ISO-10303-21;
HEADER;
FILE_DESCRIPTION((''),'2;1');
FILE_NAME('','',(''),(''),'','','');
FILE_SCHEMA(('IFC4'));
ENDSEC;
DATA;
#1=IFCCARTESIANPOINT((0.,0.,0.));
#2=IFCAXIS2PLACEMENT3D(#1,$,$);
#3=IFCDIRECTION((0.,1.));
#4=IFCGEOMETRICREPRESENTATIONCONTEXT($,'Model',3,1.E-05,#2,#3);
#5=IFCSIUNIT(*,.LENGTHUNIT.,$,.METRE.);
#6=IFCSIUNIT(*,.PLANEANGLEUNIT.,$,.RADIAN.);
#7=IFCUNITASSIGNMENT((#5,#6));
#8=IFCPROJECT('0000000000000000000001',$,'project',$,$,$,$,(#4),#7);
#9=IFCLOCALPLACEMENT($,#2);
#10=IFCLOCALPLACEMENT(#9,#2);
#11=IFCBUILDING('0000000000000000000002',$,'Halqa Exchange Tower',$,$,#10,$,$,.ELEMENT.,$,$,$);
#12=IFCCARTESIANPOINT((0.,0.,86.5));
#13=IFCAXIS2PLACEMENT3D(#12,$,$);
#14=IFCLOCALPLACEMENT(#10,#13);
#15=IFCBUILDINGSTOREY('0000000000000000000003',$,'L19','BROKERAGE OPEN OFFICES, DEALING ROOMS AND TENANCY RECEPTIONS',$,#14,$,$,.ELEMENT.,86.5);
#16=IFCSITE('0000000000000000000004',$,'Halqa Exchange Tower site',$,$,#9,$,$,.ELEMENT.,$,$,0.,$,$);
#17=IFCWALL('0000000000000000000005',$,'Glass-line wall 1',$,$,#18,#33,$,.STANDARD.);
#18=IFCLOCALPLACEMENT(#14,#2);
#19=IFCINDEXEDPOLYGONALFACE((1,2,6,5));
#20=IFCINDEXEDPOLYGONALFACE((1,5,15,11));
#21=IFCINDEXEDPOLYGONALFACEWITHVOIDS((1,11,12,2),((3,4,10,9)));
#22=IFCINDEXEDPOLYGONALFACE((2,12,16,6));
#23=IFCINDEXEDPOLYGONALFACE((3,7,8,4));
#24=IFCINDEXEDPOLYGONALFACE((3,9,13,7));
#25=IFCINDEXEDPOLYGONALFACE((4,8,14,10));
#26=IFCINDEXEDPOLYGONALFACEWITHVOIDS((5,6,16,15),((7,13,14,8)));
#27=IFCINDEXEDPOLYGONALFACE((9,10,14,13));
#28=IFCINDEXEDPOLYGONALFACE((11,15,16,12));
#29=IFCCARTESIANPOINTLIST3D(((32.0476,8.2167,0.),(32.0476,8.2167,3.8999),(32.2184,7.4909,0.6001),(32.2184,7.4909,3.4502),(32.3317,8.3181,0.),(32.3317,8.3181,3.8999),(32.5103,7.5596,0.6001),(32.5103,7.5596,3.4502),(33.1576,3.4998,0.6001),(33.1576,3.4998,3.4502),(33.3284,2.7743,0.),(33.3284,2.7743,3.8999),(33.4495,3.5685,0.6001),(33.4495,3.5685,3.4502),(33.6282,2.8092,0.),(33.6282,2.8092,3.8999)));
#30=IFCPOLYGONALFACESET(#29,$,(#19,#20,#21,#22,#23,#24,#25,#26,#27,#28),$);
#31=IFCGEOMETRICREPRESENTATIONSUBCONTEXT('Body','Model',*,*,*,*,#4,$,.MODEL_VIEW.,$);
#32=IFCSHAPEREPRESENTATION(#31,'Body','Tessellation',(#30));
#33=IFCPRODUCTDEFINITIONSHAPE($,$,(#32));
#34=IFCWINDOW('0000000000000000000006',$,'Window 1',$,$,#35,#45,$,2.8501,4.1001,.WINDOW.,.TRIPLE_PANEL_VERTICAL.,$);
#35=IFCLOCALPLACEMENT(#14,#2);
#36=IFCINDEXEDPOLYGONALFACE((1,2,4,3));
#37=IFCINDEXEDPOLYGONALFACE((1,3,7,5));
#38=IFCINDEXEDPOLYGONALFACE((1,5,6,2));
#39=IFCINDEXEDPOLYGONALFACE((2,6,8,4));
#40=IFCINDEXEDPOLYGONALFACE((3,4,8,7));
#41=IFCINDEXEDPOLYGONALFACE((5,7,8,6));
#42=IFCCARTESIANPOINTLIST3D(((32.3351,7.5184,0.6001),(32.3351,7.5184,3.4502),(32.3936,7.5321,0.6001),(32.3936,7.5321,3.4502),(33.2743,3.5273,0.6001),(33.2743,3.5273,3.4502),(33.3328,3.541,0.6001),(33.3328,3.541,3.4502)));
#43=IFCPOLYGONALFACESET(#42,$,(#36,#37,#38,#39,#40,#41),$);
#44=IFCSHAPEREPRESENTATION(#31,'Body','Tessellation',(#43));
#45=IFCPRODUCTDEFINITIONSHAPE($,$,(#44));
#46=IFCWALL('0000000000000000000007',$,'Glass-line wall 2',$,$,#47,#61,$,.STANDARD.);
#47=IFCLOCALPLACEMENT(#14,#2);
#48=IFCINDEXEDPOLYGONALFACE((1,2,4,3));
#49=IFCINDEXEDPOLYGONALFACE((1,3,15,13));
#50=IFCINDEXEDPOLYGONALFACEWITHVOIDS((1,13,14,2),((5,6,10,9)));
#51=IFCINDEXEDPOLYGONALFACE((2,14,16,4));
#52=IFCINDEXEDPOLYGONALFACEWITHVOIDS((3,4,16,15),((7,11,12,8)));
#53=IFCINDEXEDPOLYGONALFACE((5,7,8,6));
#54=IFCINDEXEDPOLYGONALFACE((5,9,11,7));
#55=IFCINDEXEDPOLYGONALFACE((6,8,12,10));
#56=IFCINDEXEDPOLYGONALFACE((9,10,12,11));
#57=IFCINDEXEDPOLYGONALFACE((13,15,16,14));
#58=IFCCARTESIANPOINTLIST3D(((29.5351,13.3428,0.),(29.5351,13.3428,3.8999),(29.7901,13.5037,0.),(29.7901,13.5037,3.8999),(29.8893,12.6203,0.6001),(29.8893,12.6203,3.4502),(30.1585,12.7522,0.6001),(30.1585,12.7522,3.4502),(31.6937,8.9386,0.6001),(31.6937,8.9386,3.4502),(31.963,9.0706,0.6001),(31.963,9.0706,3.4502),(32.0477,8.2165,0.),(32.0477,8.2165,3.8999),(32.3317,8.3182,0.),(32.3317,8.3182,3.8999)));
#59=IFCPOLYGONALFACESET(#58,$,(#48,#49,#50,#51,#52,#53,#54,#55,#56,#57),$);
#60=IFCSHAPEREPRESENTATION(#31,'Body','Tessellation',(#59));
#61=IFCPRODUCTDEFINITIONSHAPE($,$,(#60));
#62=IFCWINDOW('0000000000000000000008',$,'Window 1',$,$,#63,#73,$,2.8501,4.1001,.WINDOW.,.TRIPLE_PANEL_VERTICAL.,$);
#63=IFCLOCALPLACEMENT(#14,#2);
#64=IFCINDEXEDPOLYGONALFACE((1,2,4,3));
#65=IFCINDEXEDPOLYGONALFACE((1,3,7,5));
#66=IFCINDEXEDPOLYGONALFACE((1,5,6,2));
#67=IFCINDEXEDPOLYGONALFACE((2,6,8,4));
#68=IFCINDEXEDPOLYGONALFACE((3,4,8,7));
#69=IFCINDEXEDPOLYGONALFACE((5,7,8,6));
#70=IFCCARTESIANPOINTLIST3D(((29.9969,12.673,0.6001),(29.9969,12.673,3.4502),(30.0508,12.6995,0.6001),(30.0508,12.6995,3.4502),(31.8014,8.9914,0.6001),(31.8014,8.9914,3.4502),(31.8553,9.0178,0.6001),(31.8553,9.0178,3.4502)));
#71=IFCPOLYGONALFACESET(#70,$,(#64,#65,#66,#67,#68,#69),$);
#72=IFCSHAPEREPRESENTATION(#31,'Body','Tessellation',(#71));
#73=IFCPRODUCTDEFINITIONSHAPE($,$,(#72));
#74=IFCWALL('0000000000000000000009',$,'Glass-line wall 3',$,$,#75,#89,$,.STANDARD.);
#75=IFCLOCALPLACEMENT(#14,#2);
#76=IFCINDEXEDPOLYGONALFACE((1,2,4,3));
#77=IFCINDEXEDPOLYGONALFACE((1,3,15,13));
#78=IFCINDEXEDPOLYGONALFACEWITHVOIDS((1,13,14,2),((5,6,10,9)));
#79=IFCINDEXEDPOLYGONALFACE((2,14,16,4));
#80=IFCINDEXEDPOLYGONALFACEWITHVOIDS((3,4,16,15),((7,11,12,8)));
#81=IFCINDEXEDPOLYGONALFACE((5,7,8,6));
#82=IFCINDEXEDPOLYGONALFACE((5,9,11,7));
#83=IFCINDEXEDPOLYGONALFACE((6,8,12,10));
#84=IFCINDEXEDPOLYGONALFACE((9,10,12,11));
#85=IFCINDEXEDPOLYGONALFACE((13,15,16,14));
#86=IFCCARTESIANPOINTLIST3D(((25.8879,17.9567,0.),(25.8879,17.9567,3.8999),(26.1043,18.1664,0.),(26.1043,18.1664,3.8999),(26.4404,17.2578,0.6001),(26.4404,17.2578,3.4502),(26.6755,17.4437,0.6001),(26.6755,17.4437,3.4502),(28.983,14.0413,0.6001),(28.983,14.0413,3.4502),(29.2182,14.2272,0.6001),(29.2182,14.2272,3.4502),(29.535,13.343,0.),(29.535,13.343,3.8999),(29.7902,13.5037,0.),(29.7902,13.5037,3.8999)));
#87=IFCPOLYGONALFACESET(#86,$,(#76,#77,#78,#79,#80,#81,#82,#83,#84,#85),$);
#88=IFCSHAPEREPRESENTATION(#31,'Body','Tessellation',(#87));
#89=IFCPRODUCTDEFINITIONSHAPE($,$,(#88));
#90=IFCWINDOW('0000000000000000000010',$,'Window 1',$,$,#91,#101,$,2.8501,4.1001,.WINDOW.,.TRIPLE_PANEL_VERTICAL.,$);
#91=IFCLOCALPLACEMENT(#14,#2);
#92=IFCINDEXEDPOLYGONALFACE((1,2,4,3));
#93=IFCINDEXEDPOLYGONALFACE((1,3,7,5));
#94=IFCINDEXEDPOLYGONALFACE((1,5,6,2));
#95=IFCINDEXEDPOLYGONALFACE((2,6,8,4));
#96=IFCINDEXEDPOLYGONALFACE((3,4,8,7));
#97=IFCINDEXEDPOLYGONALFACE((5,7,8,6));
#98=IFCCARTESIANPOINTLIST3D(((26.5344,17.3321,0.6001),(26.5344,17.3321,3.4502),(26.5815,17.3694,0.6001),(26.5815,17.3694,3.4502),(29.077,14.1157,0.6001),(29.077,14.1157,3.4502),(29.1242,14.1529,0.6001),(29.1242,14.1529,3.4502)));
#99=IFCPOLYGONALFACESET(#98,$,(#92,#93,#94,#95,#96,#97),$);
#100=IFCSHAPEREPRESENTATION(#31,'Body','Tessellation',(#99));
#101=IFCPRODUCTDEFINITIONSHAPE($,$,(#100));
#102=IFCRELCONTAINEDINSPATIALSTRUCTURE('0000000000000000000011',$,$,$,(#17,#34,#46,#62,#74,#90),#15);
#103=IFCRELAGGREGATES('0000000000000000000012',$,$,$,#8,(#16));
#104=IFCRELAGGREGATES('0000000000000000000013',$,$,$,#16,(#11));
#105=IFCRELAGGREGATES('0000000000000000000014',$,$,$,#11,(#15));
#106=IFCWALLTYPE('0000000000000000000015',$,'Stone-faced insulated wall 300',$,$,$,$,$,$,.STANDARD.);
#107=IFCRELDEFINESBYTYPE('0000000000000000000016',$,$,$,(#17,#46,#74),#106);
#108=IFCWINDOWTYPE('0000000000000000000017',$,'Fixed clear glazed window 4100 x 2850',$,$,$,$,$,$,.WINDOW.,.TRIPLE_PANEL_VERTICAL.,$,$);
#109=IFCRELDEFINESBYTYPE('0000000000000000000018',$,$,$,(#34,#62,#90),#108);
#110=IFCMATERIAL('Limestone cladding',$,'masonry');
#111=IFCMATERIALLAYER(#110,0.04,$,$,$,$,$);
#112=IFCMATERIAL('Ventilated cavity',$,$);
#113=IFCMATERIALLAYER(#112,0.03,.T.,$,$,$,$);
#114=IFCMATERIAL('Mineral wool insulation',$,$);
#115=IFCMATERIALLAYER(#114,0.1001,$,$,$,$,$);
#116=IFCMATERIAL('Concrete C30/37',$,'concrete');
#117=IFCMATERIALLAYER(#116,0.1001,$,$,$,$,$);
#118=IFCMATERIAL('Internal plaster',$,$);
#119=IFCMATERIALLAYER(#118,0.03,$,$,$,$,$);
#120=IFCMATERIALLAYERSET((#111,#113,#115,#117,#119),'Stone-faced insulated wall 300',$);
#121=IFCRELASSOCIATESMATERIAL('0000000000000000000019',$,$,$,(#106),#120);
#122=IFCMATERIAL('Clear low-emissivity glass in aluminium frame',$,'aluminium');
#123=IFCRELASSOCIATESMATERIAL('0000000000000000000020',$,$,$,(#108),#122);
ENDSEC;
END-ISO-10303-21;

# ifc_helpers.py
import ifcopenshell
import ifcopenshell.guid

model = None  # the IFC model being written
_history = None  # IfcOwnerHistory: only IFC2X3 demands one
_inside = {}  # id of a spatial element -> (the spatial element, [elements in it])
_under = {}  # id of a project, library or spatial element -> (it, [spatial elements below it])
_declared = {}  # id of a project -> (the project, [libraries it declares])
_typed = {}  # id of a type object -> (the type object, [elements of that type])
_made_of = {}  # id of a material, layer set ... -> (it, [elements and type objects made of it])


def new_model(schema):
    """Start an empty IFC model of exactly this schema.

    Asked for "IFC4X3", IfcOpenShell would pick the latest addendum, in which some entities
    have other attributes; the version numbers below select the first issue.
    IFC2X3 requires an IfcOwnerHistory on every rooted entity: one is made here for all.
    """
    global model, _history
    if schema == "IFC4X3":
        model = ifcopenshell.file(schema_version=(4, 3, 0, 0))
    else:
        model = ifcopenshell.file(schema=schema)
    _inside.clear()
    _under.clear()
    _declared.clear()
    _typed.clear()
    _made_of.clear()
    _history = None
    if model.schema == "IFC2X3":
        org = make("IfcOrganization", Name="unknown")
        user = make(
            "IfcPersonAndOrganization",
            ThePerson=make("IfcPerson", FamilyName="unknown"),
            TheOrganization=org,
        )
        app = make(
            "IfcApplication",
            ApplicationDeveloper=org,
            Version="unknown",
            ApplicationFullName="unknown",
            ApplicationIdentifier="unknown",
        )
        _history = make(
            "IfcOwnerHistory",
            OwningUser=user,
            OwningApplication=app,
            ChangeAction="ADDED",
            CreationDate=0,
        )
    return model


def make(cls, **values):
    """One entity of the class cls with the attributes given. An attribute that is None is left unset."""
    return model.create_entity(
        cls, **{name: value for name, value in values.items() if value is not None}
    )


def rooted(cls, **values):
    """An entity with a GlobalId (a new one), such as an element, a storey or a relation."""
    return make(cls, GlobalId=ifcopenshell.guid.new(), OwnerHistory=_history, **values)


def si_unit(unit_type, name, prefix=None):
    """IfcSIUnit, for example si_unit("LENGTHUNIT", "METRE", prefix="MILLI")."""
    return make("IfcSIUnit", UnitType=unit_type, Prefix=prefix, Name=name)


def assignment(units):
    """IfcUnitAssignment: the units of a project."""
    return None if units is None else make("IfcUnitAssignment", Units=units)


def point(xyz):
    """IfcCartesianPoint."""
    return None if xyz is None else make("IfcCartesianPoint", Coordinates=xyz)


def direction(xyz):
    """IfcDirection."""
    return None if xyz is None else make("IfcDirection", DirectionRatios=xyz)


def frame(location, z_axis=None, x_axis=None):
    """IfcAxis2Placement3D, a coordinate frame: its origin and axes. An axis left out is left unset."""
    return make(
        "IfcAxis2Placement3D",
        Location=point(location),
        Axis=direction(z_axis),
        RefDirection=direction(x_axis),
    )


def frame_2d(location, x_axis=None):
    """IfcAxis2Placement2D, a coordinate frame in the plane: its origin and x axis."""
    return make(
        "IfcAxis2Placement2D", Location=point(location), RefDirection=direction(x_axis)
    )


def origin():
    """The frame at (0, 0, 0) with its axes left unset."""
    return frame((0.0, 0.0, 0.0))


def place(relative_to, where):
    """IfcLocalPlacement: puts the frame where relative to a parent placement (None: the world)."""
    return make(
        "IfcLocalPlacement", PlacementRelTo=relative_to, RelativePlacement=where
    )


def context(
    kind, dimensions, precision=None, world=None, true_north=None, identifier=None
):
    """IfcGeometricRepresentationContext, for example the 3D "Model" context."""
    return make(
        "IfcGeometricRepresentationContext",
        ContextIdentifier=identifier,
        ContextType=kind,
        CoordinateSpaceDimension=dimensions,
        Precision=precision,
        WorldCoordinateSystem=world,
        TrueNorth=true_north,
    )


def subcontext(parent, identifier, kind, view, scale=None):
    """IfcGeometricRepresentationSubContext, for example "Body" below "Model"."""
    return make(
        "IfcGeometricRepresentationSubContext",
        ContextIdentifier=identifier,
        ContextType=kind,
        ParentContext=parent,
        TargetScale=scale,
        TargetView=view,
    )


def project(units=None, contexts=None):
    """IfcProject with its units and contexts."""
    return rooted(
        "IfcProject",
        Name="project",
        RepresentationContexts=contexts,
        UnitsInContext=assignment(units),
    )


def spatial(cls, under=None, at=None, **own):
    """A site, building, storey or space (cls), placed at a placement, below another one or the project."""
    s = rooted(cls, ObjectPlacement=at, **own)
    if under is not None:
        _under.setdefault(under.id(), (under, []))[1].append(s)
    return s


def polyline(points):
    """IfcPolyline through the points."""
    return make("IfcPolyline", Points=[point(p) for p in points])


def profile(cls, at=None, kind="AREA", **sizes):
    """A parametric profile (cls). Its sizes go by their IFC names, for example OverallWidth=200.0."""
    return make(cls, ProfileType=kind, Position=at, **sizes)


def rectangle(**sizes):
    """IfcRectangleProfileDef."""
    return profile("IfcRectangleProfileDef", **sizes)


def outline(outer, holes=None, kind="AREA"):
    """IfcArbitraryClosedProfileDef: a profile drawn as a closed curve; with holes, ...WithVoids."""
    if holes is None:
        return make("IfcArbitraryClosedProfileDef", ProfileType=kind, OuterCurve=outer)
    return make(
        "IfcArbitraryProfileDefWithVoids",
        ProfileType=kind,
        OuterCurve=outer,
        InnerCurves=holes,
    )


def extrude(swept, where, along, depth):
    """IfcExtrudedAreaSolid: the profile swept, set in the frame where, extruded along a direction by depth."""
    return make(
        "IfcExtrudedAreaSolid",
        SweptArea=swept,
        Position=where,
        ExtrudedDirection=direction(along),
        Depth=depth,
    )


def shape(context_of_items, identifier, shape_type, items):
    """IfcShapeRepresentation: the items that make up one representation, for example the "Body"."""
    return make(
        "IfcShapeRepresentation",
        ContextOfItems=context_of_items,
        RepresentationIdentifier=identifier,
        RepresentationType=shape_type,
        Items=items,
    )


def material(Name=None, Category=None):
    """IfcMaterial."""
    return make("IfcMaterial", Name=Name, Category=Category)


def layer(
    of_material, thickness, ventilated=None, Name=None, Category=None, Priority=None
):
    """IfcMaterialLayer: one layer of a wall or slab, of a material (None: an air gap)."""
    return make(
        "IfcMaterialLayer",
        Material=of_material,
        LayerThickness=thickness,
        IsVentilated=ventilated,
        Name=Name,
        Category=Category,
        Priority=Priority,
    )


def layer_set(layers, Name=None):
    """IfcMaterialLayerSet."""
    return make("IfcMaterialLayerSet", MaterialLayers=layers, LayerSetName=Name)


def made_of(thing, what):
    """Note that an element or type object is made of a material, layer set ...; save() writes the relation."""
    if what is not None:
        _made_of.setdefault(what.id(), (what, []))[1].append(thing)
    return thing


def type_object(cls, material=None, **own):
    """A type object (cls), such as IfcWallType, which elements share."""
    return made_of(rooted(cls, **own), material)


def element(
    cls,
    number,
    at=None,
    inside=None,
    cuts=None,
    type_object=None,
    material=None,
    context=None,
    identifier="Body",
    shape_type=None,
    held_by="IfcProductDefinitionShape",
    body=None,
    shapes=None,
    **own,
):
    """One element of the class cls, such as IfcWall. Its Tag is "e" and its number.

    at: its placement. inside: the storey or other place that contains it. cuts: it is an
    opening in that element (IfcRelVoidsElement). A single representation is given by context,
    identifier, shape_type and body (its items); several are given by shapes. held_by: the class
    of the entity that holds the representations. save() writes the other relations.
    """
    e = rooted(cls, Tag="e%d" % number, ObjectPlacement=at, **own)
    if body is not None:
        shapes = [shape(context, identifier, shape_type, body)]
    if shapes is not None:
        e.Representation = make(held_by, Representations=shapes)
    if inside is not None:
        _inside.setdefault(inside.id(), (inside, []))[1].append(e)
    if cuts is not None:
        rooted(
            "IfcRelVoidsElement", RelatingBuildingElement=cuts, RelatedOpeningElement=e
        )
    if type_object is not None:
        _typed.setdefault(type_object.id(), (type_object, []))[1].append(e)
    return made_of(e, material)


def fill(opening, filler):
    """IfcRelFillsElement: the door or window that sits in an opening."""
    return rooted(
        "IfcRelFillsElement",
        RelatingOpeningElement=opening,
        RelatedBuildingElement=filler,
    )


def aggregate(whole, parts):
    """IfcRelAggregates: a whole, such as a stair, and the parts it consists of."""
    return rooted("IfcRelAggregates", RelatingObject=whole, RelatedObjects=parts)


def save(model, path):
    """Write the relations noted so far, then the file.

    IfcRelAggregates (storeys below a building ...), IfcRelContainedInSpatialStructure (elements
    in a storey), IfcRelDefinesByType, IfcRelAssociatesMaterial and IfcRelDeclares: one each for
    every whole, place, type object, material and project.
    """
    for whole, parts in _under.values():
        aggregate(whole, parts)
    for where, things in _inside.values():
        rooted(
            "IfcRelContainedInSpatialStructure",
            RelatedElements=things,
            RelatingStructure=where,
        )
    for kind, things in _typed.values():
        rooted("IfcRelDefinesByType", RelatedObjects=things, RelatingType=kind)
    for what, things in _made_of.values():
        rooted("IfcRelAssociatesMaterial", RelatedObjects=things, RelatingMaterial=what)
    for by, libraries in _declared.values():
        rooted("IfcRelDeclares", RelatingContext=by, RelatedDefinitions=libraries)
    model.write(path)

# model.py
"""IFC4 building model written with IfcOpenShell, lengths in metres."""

from ifc_helpers import new_model, si_unit, direction, frame, frame_2d, origin, place, context, subcontext, project, spatial, polyline, rectangle, outline, extrude, material, layer, layer_set, type_object, element, fill, save


model = new_model("IFC4")

# Units and contexts
model_context = context("Model", 3, precision=1e-05, world=origin(), true_north=direction((0.0, 1.0)))
body_context = subcontext(model_context, "Body", "Model", "MODEL_VIEW")
ifc_project = project(units=[si_unit("LENGTHUNIT", "METRE"), si_unit("PLANEANGLEUNIT", "RADIAN")], contexts=[model_context])

# Site, building, storey
site_placement = place(None, origin())
site = spatial("IfcSite", under=ifc_project, at=site_placement, Name="Halqa Exchange Tower site", CompositionType="ELEMENT", RefElevation=0.0)
building_placement = place(site_placement, origin())
building = spatial("IfcBuilding", under=site, at=building_placement, Name="Halqa Exchange Tower", CompositionType="ELEMENT")
storey_placement = place(building_placement, frame((0.0, 0.0, 86.5)))
storey = spatial("IfcBuildingStorey", under=building, at=storey_placement, Name="L19", Description="BROKERAGE OPEN OFFICES, DEALING ROOMS AND TENANCY RECEPTIONS", CompositionType="ELEMENT", Elevation=86.5)

# Walls, openings, windows
ifc_material_1 = material(Name="Limestone cladding", Category="masonry")
ifc_layer_1 = layer(ifc_material_1, 0.04)
ifc_material_2 = material(Name="Ventilated cavity")
ifc_layer_2 = layer(ifc_material_2, 0.03, ventilated=True)
ifc_material_3 = material(Name="Mineral wool insulation")
ifc_layer_3 = layer(ifc_material_3, 0.1001)
ifc_material_4 = material(Name="Concrete C30/37", Category="concrete")
ifc_layer_4 = layer(ifc_material_4, 0.1001)
ifc_material_5 = material(Name="Internal plaster")
ifc_layer_5 = layer(ifc_material_5, 0.03)
ifc_layer_set_1 = layer_set([ifc_layer_1, ifc_layer_2, ifc_layer_3, ifc_layer_4, ifc_layer_5], Name="Stone-faced insulated wall 300")
wall_type_1 = type_object("IfcWallType", Name="Stone-faced insulated wall 300", PredefinedType="STANDARD", material=ifc_layer_set_1)
wall_1_placement = place(storey_placement, frame((33.4783, 2.7917, 0.0), z_axis=(0.0, 0.0, 1.0), x_axis=(-0.229073, 0.973409, 0.0)))
wall_1 = element("IfcWall", 1, at=wall_1_placement, inside=storey, type_object=wall_type_1, Name="Glass-line wall 1", PredefinedType="STANDARD", context=body_context, shape_type="SweptSolid", body=[
    extrude(outline(polyline([(-0.0173, -0.1499), (5.6421, -0.1499), (5.6084, 0.1499), (0.0173, 0.1499), (-0.0173, -0.1499)])), origin(), (0.0, 0.0, 1.0), 3.8999),
])
opening_1_placement = place(wall_1_placement, frame((0.7627, 0.0, 0.6001)))
opening_1 = element("IfcOpeningElement", 2, at=opening_1_placement, cuts=wall_1, PredefinedType="OPENING", context=body_context, shape_type="SweptSolid", body=[
    extrude(rectangle(XDim=4.1001, YDim=2.8501, at=frame_2d((2.05, 1.425))), frame((0.0, 0.1621, 0.0), z_axis=(0.0, -1.0, 0.0), x_axis=(1.0, 0.0, 0.0)), (0.0, 0.0, 1.0), 0.324),
])
ifc_material_6 = material(Name="Clear low-emissivity glass in aluminium frame", Category="aluminium")
window_type = type_object("IfcWindowType", Name="Fixed clear glazed window 4100 x 2850", PartitioningType="TRIPLE_PANEL_VERTICAL", PredefinedType="WINDOW", material=ifc_material_6)
window_1_placement = place(opening_1_placement, origin())
window_1 = element("IfcWindow", 3, at=window_1_placement, inside=storey, type_object=window_type, Name="Window 1", OverallHeight=2.8501, OverallWidth=4.1001, PartitioningType="TRIPLE_PANEL_VERTICAL", PredefinedType="WINDOW", context=body_context, shape_type="SweptSolid", body=[
    extrude(rectangle(XDim=4.1001, YDim=2.8501, at=frame_2d((2.05, 1.425))), frame((0.0, 0.03, 0.0), z_axis=(0.0, -1.0, 0.0), x_axis=(1.0, 0.0, 0.0)), (0.0, 0.0, 1.0), 0.0601),
])
fill(opening_1, window_1)
wall_2_placement = place(storey_placement, frame((32.1897, 8.2673, 0.0), z_axis=(0.0, 0.0, 1.0), x_axis=(-0.440107, 0.897945, 0.0)))
wall_2 = element("IfcWall", 4, at=wall_2_placement, inside=storey, type_object=wall_type_1, Name="Glass-line wall 2", PredefinedType="STANDARD", context=body_context, shape_type="SweptSolid", body=[
    extrude(outline(polyline([(-0.0168, -0.1499), (5.7581, -0.1499), (5.7258, 0.1499), (0.0168, 0.1499), (-0.0168, -0.1499)])), origin(), (0.0, 0.0, 1.0), 3.8999),
])
opening_2_placement = place(wall_2_placement, frame((0.821, 0.0, 0.6001)))
opening_2 = element("IfcOpeningElement", 5, at=opening_2_placement, cuts=wall_2, PredefinedType="OPENING", context=body_context, shape_type="SweptSolid", body=[
    extrude(rectangle(XDim=4.1001, YDim=2.8501, at=frame_2d((2.05, 1.425))), frame((0.0, 0.1621, 0.0), z_axis=(0.0, -1.0, 0.0), x_axis=(1.0, 0.0, 0.0)), (0.0, 0.0, 1.0), 0.324),
])
window_2_placement = place(opening_2_placement, origin())
window_2 = element("IfcWindow", 6, at=window_2_placement, inside=storey, type_object=window_type, Name="Window 1", OverallHeight=2.8501, OverallWidth=4.1001, PartitioningType="TRIPLE_PANEL_VERTICAL", PredefinedType="WINDOW", context=body_context, shape_type="SweptSolid", body=[
    extrude(rectangle(XDim=4.1001, YDim=2.8501, at=frame_2d((2.05, 1.425))), frame((0.0, 0.03, 0.0), z_axis=(0.0, -1.0, 0.0), x_axis=(1.0, 0.0, 0.0)), (0.0, 0.0, 1.0), 0.0601),
])
fill(opening_2, window_2)
wall_3_placement = place(storey_placement, frame((29.6626, 13.4233, 0.0), z_axis=(0.0, 0.0, 1.0), x_axis=(-0.620142, 0.784489, 0.0)))
wall_3 = element("IfcWall", 7, at=wall_3_placement, inside=storey, type_object=wall_type_1, Name="Glass-line wall 3", PredefinedType="STANDARD", context=body_context, shape_type="SweptSolid", body=[
    extrude(outline(polyline([(-0.0161, -0.1499), (5.9275, -0.1499), (5.8972, 0.1499), (0.0161, 0.1499), (-0.0161, -0.1499)])), origin(), (0.0, 0.0, 1.0), 3.8999),
])
opening_3_placement = place(wall_3_placement, frame((0.9062, 0.0, 0.6001)))
opening_3 = element("IfcOpeningElement", 8, at=opening_3_placement, cuts=wall_3, PredefinedType="OPENING", context=body_context, shape_type="SweptSolid", body=[
    extrude(rectangle(XDim=4.1001, YDim=2.8501, at=frame_2d((2.05, 1.425))), frame((0.0, 0.1621, 0.0), z_axis=(0.0, -1.0, 0.0), x_axis=(1.0, 0.0, 0.0)), (0.0, 0.0, 1.0), 0.324),
])
window_3_placement = place(opening_3_placement, origin())
window_3 = element("IfcWindow", 9, at=window_3_placement, inside=storey, type_object=window_type, Name="Window 1", OverallHeight=2.8501, OverallWidth=4.1001, PartitioningType="TRIPLE_PANEL_VERTICAL", PredefinedType="WINDOW", context=body_context, shape_type="SweptSolid", body=[
    extrude(rectangle(XDim=4.1001, YDim=2.8501, at=frame_2d((2.05, 1.425))), frame((0.0, 0.03, 0.0), z_axis=(0.0, -1.0, 0.0), x_axis=(1.0, 0.0, 0.0)), (0.0, 0.0, 1.0), 0.0601),
])
fill(opening_3, window_3)

save(model, "model.ifc")
